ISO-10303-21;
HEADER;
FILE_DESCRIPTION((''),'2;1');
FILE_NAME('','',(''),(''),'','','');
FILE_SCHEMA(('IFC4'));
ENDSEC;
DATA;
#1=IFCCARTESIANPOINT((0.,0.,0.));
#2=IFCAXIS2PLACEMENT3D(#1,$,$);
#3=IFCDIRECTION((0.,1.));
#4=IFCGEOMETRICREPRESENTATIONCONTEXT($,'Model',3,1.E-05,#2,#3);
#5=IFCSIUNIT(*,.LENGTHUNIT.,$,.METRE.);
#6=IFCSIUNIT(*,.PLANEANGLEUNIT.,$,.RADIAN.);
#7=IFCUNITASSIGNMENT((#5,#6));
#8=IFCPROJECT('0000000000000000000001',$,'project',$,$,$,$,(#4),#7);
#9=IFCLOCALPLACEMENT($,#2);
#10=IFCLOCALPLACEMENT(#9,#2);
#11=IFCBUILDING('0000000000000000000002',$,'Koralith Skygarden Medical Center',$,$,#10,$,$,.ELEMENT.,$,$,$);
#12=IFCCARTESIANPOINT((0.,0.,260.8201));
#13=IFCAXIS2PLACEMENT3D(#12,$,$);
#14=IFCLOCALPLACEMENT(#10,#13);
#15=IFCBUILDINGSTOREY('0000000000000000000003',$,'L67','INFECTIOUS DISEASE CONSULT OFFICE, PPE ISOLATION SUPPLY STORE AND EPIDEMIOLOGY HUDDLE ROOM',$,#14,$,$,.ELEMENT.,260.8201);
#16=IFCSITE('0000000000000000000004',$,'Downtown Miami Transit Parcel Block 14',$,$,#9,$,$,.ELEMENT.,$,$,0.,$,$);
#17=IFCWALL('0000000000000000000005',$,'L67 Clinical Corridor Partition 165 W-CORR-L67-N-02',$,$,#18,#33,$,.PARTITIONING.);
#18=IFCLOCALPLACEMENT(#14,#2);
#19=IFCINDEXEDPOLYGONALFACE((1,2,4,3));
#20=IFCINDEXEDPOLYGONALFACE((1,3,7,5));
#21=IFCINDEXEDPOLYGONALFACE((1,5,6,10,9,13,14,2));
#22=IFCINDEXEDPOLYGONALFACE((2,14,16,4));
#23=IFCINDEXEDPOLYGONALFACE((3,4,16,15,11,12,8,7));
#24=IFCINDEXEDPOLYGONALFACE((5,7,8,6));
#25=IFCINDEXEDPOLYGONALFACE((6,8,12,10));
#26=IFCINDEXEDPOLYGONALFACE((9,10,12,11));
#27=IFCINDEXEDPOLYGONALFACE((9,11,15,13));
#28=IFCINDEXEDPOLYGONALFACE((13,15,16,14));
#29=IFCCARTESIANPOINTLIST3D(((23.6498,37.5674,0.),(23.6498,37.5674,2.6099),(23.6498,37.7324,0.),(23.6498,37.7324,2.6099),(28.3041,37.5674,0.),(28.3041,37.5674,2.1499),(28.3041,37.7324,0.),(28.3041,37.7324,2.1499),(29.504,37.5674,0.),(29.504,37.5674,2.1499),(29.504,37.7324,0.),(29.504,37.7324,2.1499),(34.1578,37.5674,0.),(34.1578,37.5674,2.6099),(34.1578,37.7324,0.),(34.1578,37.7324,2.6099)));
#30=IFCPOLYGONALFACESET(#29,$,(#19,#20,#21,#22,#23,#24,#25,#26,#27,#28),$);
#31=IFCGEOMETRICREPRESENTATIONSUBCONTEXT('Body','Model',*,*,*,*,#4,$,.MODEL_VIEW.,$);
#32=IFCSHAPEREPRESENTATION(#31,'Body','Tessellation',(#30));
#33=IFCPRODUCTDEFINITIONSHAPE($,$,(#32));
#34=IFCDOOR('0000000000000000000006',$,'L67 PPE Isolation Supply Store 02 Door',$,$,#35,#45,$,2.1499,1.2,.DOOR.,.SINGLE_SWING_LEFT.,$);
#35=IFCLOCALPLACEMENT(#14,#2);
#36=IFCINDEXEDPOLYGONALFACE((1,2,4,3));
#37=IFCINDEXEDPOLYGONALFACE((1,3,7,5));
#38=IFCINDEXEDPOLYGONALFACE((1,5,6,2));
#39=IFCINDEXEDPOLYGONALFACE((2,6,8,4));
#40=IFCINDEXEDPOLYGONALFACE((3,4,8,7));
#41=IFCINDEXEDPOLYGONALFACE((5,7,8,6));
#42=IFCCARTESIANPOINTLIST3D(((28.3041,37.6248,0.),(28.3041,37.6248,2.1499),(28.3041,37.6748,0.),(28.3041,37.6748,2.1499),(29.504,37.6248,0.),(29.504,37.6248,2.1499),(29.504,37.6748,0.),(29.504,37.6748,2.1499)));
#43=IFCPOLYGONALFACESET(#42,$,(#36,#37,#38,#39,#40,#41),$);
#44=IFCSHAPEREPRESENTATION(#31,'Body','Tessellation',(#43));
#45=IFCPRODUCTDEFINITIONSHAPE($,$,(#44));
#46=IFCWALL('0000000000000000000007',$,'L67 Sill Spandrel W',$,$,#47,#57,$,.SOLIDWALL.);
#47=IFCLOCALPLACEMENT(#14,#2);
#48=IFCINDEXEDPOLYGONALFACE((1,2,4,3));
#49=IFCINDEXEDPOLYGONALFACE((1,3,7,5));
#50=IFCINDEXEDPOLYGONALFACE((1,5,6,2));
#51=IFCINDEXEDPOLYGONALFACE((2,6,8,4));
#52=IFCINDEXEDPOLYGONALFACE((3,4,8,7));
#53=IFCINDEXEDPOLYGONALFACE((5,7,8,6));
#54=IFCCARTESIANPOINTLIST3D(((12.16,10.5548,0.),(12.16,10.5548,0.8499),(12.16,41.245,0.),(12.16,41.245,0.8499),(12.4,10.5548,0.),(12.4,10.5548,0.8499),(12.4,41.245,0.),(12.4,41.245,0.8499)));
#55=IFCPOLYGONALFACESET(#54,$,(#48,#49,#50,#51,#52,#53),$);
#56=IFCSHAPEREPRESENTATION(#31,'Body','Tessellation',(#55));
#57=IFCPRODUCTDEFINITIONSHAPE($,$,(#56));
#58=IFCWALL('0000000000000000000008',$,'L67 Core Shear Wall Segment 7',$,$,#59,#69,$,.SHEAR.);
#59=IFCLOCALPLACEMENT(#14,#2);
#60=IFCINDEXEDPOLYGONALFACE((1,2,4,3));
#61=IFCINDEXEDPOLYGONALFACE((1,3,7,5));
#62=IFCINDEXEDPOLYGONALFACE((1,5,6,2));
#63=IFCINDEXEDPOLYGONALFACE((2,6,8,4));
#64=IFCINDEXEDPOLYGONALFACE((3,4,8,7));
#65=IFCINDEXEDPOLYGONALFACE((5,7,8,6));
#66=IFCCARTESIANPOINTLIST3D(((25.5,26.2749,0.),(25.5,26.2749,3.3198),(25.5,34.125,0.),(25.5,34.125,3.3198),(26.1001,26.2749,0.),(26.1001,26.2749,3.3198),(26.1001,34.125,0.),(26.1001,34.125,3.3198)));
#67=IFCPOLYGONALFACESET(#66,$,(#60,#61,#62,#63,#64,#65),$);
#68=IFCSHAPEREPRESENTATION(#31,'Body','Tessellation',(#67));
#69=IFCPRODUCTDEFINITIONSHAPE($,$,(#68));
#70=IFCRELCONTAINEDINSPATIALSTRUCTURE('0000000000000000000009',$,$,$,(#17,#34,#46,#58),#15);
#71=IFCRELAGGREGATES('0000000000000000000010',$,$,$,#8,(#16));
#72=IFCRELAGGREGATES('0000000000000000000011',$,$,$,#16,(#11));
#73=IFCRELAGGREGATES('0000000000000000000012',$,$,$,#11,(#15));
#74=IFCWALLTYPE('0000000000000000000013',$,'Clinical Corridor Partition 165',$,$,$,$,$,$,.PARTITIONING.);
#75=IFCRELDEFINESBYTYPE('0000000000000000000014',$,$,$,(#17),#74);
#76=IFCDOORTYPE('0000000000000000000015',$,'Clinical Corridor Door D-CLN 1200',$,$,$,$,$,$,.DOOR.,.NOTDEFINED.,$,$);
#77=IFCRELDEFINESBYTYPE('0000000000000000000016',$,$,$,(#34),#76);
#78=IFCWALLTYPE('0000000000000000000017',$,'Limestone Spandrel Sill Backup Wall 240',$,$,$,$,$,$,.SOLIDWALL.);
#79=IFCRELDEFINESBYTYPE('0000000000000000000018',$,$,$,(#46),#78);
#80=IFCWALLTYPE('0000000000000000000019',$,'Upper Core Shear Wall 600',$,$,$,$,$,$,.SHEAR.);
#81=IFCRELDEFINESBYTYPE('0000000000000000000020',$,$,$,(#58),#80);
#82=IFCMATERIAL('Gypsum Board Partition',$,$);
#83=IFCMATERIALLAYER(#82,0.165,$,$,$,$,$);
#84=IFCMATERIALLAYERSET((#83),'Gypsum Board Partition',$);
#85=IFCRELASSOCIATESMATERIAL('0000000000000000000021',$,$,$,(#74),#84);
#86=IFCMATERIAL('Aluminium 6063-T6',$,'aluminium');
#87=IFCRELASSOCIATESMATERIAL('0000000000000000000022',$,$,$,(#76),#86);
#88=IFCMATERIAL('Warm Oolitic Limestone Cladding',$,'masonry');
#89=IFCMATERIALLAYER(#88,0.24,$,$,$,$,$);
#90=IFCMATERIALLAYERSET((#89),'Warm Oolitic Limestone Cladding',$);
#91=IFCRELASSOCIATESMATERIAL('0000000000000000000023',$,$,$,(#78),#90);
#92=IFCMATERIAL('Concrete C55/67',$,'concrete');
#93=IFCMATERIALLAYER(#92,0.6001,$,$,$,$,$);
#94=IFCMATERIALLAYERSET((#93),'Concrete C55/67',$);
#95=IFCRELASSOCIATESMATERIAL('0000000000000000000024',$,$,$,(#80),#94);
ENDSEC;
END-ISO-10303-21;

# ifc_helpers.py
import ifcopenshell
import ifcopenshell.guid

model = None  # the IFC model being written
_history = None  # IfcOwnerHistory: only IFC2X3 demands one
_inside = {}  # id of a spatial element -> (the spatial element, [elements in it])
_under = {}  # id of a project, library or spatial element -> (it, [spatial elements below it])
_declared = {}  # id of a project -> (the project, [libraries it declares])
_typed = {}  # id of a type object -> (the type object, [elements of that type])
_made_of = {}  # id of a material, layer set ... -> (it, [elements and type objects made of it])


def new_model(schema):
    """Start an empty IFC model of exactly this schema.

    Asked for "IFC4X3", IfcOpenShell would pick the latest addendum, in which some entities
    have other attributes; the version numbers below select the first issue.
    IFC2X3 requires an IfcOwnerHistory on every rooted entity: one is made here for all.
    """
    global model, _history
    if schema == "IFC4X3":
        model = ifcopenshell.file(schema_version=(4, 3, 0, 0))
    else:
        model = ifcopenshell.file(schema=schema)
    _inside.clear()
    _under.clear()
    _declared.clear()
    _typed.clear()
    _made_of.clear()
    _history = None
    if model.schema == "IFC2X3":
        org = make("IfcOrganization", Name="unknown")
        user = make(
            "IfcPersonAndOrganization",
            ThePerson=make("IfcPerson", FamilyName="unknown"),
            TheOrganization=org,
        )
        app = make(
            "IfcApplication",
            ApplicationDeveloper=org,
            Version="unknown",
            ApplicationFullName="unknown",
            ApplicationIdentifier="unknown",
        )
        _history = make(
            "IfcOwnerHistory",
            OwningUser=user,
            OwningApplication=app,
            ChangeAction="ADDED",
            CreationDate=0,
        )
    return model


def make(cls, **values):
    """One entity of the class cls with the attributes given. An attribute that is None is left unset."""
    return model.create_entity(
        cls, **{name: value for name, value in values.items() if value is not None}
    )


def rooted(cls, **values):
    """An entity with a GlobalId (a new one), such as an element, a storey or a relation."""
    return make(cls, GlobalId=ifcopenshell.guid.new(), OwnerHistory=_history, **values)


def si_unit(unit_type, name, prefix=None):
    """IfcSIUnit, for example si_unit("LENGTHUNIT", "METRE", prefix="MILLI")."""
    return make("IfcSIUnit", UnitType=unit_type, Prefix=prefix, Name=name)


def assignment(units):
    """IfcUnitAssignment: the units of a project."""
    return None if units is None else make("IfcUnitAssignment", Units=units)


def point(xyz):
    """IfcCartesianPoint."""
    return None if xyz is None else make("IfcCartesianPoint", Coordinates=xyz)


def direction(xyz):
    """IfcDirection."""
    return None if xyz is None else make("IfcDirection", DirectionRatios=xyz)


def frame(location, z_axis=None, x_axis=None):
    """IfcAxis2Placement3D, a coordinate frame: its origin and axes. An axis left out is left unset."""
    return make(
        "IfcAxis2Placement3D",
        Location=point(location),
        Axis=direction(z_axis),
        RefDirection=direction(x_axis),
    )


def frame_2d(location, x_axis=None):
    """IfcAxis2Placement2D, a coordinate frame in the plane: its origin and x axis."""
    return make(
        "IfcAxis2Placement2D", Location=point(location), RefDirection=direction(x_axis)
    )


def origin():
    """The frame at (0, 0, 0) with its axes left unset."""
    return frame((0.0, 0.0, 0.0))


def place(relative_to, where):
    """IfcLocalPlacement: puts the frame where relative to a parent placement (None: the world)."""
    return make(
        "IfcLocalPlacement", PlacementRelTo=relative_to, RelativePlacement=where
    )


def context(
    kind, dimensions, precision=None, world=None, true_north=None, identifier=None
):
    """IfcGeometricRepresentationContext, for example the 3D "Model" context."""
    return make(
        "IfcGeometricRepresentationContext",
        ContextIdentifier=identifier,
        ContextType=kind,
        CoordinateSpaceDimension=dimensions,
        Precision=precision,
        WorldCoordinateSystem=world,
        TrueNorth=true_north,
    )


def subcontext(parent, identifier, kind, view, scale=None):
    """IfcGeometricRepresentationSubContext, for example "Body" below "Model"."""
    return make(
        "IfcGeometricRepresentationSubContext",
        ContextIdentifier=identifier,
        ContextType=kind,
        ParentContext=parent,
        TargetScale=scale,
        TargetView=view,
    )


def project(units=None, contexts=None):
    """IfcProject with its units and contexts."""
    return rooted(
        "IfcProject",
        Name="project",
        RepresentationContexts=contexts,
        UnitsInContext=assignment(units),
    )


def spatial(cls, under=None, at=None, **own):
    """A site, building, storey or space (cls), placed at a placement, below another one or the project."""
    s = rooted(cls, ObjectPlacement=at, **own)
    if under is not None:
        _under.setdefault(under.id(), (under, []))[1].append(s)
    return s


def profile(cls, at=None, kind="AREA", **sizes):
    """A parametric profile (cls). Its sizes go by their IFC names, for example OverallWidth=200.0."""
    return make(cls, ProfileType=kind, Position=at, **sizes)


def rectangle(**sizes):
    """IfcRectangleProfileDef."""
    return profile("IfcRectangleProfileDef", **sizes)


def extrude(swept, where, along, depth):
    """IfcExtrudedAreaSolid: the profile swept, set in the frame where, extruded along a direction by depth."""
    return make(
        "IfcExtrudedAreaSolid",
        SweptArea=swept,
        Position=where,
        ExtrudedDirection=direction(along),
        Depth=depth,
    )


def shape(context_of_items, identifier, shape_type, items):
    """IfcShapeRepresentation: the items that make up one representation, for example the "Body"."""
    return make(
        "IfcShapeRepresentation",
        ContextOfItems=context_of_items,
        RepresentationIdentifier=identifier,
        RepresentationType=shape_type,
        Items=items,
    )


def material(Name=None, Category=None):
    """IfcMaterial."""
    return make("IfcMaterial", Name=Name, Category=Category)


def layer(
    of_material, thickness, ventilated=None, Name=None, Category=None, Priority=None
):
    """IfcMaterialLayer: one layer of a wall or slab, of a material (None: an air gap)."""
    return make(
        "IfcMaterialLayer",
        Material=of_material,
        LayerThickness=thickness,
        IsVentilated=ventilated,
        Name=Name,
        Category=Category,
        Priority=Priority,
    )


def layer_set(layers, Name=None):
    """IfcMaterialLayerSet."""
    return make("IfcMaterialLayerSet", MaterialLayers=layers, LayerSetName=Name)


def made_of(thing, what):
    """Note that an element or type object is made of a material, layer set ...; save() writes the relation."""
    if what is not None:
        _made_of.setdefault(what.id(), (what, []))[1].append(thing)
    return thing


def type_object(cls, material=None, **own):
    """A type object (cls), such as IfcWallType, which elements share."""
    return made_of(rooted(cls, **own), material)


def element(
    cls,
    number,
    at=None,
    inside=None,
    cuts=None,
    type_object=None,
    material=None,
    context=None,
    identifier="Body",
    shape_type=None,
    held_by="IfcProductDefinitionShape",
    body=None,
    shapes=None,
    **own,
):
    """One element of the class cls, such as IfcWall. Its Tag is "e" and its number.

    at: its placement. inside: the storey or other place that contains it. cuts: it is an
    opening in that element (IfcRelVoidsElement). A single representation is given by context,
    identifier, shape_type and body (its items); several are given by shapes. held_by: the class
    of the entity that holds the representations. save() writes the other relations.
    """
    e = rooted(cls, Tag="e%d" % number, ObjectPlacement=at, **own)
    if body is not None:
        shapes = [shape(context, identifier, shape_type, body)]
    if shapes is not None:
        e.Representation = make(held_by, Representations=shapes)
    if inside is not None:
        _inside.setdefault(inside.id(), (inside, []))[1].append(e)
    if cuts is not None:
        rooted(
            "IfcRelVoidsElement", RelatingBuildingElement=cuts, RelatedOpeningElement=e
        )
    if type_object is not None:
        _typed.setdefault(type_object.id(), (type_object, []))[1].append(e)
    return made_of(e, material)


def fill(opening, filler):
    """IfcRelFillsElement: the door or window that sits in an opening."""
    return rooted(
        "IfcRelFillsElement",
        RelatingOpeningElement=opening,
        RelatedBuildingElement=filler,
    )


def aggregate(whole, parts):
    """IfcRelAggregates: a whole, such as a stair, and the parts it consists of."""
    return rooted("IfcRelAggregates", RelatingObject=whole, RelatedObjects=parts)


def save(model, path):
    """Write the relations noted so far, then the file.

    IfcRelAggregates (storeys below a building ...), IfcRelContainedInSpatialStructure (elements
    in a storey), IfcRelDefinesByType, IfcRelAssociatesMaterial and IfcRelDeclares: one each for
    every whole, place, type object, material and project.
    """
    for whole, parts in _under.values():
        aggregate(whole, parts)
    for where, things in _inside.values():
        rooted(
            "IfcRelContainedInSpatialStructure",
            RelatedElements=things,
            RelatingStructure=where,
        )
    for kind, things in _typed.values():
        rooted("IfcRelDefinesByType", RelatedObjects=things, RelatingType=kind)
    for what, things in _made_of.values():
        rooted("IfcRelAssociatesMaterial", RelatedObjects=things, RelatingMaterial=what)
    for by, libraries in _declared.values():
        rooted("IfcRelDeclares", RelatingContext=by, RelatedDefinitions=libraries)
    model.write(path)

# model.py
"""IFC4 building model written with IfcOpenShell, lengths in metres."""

from ifc_helpers import new_model, si_unit, direction, frame, frame_2d, origin, place, context, subcontext, project, spatial, rectangle, extrude, material, layer, layer_set, type_object, element, fill, save


model = new_model("IFC4")

# Units and contexts
model_context = context("Model", 3, precision=1e-05, world=origin(), true_north=direction((0.0, 1.0)))
body_context = subcontext(model_context, "Body", "Model", "MODEL_VIEW")
ifc_project = project(units=[si_unit("LENGTHUNIT", "METRE"), si_unit("PLANEANGLEUNIT", "RADIAN")], contexts=[model_context])

# Site, building, storey
site_placement = place(None, origin())
site = spatial("IfcSite", under=ifc_project, at=site_placement, Name="Downtown Miami Transit Parcel Block 14", CompositionType="ELEMENT", RefElevation=0.0)
building_placement = place(site_placement, origin())
building = spatial("IfcBuilding", under=site, at=building_placement, Name="Koralith Skygarden Medical Center", CompositionType="ELEMENT")
storey_placement = place(building_placement, frame((0.0, 0.0, 260.8201)))
storey = spatial("IfcBuildingStorey", under=building, at=storey_placement, Name="L67", Description="INFECTIOUS DISEASE CONSULT OFFICE, PPE ISOLATION SUPPLY STORE AND EPIDEMIOLOGY HUDDLE ROOM", CompositionType="ELEMENT", Elevation=260.8201)

# Shared definitions
ifc_material_1 = material(Name="Concrete C55/67", Category="concrete")

# Shared definitions
ifc_material_2 = material(Name="Aluminium 6063-T6", Category="aluminium")

# Shared definitions
ifc_material_3 = material(Name="Gypsum Board Partition")
ifc_layer_1 = layer(ifc_material_3, 0.165)
ifc_layer_set_1 = layer_set([ifc_layer_1], Name="Gypsum Board Partition")
wall_type_1 = type_object("IfcWallType", Name="Clinical Corridor Partition 165", PredefinedType="PARTITIONING", material=ifc_layer_set_1)

# Wall, opening, door
wall_1_placement = place(storey_placement, frame((23.6499, 37.6499, 0.0), z_axis=(0.0, 0.0, 1.0), x_axis=(1.0, 0.0, 0.0)))
wall_1 = element("IfcWall", 1, at=wall_1_placement, inside=storey, type_object=wall_type_1, Name="L67 Clinical Corridor Partition 165 W-CORR-L67-N-02", PredefinedType="PARTITIONING", context=body_context, shape_type="SweptSolid", body=[
    extrude(rectangle(XDim=10.5081, YDim=0.165, at=frame_2d((5.2539, 0.0))), origin(), (0.0, 0.0, 1.0), 2.6099),
])
opening_1_placement = place(wall_1_placement, frame((4.6541, 0.0, 0.0)))
opening_1 = element("IfcOpeningElement", 2, at=opening_1_placement, cuts=wall_1, PredefinedType="OPENING", context=body_context, shape_type="SweptSolid", body=[
    extrude(rectangle(XDim=1.2, YDim=2.1499, at=frame_2d((0.6001, 1.075))), frame((0.0, 0.0925, 0.0), z_axis=(0.0, -1.0, 0.0), x_axis=(1.0, 0.0, 0.0)), (0.0, 0.0, 1.0), 0.1851),
])
door_type_1 = type_object("IfcDoorType", Name="Clinical Corridor Door D-CLN 1200", OperationType="NOTDEFINED", PredefinedType="DOOR", material=ifc_material_2)
door_1_placement = place(opening_1_placement, origin())
door_1 = element("IfcDoor", 3, at=door_1_placement, inside=storey, type_object=door_type_1, Name="L67 PPE Isolation Supply Store 02 Door", OperationType="SINGLE_SWING_LEFT", OverallHeight=2.1499, OverallWidth=1.2, PredefinedType="DOOR", context=body_context, shape_type="SweptSolid", body=[
    extrude(rectangle(XDim=1.2, YDim=2.1499, at=frame_2d((0.6001, 1.075))), frame((0.0, 0.0249, 0.0), z_axis=(0.0, -1.0, 0.0), x_axis=(1.0, 0.0, 0.0)), (0.0, 0.0, 1.0), 0.05),
])
fill(opening_1, door_1)

# Walls
ifc_material_4 = material(Name="Warm Oolitic Limestone Cladding", Category="masonry")
ifc_layer_2 = layer(ifc_material_4, 0.24)
ifc_layer_set_2 = layer_set([ifc_layer_2], Name="Warm Oolitic Limestone Cladding")
wall_type_2 = type_object("IfcWallType", Name="Limestone Spandrel Sill Backup Wall 240", PredefinedType="SOLIDWALL", material=ifc_layer_set_2)
wall_2_placement = place(storey_placement, frame((12.28, 41.2451, 0.0), z_axis=(0.0, 0.0, 1.0), x_axis=(0.0, -1.0, 0.0)))
element("IfcWall", 4, at=wall_2_placement, inside=storey, type_object=wall_type_2, Name="L67 Sill Spandrel W", PredefinedType="SOLIDWALL", context=body_context, shape_type="SweptSolid", body=[
    extrude(rectangle(XDim=30.6902, YDim=0.24, at=frame_2d((15.3452, 0.0))), origin(), (0.0, 0.0, 1.0), 0.8499),
])
ifc_layer_3 = layer(ifc_material_1, 0.6001)
ifc_layer_set_3 = layer_set([ifc_layer_3], Name="Concrete C55/67")
wall_type_3 = type_object("IfcWallType", Name="Upper Core Shear Wall 600", PredefinedType="SHEAR", material=ifc_layer_set_3)
wall_3_placement = place(storey_placement, frame((25.8, 34.125, 0.0), z_axis=(0.0, 0.0, 1.0), x_axis=(0.0, -1.0, 0.0)))
element("IfcWall", 5, at=wall_3_placement, inside=storey, type_object=wall_type_3, Name="L67 Core Shear Wall Segment 7", PredefinedType="SHEAR", context=body_context, shape_type="SweptSolid", body=[
    extrude(rectangle(XDim=7.8501, YDim=0.6001, at=frame_2d((3.925, 0.0))), origin(), (0.0, 0.0, 1.0), 3.3198),
])

save(model, "model.ifc")
